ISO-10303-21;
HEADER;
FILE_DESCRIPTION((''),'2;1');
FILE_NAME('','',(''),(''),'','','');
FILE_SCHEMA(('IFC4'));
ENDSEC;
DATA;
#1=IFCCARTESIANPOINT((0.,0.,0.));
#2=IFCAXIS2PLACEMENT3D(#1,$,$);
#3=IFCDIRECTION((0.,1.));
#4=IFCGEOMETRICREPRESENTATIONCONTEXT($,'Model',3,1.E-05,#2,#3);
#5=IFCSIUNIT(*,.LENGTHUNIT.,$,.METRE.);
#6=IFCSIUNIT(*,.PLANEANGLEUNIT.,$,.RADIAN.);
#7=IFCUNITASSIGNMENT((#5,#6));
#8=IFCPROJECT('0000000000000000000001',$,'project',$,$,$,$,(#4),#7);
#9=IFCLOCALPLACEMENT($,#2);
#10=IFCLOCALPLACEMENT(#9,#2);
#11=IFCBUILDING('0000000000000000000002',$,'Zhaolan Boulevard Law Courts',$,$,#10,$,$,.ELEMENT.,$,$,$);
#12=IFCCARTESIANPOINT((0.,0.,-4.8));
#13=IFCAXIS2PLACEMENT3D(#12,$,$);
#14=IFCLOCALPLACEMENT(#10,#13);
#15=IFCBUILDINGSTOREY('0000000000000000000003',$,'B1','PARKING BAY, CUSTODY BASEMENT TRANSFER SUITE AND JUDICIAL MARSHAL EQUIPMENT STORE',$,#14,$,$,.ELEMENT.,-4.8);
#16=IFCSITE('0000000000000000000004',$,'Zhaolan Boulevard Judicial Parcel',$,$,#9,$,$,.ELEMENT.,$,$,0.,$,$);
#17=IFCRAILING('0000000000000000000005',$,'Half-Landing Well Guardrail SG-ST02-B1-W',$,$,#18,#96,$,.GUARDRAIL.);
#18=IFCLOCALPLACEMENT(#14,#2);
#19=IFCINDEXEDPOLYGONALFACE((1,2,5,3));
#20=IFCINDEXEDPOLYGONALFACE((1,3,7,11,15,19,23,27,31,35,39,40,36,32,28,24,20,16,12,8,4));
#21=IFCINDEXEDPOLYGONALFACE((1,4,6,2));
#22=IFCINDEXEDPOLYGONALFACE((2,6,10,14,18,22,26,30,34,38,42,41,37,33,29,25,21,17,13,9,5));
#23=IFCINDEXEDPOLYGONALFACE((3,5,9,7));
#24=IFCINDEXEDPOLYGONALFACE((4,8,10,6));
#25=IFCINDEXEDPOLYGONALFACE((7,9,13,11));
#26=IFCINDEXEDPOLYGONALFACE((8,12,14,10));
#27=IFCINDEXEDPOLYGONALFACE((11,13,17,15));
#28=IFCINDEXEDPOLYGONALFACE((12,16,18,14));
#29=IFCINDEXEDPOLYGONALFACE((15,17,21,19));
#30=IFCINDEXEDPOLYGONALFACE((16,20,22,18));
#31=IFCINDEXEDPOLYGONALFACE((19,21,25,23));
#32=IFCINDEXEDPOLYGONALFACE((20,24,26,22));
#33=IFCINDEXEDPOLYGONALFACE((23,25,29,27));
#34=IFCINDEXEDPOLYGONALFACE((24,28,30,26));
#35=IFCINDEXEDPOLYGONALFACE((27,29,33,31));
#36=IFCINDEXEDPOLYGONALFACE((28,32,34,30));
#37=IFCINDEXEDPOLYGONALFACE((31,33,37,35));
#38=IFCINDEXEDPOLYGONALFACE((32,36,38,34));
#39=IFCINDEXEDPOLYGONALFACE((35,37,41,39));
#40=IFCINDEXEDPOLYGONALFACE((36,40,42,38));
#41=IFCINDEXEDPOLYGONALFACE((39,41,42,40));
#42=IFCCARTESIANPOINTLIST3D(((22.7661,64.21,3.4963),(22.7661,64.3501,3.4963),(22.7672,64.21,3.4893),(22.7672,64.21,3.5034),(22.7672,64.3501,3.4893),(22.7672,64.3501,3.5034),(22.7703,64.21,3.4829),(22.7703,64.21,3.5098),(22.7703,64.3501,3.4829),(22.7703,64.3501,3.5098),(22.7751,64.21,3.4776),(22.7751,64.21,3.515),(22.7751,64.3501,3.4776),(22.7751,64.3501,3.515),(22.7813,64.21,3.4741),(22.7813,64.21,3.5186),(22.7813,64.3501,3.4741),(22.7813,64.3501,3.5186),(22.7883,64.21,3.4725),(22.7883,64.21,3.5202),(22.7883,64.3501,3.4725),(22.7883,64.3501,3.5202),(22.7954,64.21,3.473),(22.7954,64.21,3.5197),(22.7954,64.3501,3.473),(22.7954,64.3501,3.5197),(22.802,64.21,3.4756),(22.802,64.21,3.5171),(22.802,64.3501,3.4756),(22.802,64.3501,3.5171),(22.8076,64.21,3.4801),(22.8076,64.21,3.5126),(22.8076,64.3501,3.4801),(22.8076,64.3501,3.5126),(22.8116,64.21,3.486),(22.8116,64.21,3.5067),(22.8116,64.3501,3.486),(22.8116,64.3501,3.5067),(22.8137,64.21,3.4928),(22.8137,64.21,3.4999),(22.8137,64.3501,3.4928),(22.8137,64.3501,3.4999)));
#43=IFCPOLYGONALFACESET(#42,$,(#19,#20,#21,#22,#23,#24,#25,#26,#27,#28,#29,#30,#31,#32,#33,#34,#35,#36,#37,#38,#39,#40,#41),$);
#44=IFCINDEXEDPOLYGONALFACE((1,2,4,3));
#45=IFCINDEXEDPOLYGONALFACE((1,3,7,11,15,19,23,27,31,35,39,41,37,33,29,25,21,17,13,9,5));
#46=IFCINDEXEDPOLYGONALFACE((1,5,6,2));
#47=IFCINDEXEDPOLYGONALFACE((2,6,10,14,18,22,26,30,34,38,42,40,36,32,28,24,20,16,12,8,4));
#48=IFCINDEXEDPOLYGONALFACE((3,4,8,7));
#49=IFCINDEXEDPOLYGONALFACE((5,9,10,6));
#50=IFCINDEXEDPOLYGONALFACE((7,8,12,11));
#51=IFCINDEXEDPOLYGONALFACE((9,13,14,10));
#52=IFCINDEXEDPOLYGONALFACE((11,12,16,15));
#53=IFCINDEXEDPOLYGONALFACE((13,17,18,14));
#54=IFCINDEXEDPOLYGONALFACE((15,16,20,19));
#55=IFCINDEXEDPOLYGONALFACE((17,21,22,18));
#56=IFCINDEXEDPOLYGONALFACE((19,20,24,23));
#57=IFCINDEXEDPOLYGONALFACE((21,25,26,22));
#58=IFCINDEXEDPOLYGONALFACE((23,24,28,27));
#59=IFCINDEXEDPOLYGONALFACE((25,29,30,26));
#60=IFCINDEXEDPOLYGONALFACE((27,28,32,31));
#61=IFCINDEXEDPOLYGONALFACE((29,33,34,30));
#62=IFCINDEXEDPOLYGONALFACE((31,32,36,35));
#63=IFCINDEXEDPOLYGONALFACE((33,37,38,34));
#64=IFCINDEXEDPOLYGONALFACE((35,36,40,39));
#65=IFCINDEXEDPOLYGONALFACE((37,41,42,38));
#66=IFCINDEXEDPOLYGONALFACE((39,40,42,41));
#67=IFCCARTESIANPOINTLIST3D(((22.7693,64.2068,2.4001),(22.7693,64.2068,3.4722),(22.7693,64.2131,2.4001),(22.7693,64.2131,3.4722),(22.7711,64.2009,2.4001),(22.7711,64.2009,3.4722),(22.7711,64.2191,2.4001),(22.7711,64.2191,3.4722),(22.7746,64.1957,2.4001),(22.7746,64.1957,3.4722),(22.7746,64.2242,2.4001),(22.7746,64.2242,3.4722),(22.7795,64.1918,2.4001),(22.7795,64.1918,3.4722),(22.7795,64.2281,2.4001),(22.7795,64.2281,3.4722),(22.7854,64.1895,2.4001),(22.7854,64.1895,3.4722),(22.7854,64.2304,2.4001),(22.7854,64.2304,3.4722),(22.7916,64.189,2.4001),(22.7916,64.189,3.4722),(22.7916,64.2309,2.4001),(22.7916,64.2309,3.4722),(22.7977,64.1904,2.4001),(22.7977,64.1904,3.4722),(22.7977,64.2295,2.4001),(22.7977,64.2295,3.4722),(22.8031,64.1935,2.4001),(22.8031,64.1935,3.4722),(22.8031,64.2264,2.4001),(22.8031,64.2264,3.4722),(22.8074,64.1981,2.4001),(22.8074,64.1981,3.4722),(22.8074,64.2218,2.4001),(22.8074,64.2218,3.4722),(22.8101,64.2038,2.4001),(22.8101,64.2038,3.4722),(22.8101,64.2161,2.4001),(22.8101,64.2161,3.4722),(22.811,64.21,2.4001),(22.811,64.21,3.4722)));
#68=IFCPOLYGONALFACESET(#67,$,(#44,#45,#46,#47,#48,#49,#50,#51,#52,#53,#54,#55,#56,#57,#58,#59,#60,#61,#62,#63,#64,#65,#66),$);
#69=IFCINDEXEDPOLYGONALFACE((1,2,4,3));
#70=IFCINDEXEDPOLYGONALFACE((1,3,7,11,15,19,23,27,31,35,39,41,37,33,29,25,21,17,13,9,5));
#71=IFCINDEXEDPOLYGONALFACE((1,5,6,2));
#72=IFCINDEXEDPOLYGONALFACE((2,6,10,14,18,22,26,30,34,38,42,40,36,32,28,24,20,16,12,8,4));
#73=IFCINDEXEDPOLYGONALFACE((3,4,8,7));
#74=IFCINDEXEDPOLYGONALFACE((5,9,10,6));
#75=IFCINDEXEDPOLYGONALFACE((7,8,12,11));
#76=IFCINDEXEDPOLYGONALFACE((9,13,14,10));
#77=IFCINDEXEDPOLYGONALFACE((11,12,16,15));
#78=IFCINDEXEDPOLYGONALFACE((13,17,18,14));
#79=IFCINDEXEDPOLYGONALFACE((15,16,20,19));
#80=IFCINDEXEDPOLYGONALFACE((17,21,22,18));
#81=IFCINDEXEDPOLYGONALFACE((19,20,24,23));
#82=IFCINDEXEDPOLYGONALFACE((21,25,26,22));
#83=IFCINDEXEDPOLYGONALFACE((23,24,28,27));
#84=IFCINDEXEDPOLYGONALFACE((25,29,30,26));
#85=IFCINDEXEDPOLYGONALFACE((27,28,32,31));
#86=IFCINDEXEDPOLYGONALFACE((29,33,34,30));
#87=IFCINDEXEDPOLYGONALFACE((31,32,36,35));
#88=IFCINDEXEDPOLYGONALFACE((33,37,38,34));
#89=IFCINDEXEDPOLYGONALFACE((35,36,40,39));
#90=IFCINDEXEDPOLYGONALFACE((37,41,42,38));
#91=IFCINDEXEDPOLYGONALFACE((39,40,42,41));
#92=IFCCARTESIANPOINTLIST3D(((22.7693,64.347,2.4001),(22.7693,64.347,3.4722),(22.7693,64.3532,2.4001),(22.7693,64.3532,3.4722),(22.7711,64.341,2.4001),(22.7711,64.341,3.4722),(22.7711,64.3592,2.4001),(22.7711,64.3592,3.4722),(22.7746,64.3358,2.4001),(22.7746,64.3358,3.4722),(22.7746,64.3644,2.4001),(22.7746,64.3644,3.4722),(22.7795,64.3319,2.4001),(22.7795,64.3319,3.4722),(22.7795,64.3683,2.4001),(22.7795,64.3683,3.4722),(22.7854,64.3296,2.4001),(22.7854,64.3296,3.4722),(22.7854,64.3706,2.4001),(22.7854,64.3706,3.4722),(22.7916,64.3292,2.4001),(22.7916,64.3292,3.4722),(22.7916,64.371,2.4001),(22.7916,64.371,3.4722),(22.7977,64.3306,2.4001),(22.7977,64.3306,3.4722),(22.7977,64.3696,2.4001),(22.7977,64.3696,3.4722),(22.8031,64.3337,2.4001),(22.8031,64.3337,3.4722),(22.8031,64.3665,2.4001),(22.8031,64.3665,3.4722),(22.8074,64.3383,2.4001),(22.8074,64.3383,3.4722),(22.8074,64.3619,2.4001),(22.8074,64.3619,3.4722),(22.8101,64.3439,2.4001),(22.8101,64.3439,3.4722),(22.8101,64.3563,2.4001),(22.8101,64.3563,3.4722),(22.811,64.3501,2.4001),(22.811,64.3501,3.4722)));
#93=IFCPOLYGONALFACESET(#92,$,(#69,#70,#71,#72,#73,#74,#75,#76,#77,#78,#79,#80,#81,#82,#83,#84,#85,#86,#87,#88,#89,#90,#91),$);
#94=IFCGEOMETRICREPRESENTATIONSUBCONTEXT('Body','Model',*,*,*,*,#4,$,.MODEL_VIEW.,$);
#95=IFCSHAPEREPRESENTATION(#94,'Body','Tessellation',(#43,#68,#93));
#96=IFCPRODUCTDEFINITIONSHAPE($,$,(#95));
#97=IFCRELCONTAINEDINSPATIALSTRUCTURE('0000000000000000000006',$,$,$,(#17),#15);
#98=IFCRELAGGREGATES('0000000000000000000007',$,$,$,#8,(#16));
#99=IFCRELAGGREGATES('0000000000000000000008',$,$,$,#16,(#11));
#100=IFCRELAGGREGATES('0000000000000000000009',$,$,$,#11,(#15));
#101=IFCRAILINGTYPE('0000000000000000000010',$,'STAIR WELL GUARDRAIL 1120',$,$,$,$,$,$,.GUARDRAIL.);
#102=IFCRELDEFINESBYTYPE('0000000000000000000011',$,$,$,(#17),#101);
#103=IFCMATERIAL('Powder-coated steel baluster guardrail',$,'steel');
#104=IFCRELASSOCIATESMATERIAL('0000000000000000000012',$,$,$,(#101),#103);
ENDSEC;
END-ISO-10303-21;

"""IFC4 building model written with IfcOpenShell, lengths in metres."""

from ifc_helpers import new_model, si_unit, direction, frame, origin, origin_2d, place, context, subcontext, project, spatial, circle, extrude, material, type_object, element, save


model = new_model("IFC4")

# Units and contexts
model_context = context("Model", 3, precision=1e-05, world=origin(), true_north=direction((0.0, 1.0)))
body_context = subcontext(model_context, "Body", "Model", "MODEL_VIEW")
ifc_project = project(units=[si_unit("LENGTHUNIT", "METRE"), si_unit("PLANEANGLEUNIT", "RADIAN")], contexts=[model_context])

# Site, building, storey
site_placement = place(None, origin())
site = spatial("IfcSite", under=ifc_project, at=site_placement, Name="Zhaolan Boulevard Judicial Parcel", CompositionType="ELEMENT", RefElevation=0.0)
building_placement = place(site_placement, origin())
building = spatial("IfcBuilding", under=site, at=building_placement, Name="Zhaolan Boulevard Law Courts", CompositionType="ELEMENT")
storey_placement = place(building_placement, frame((0.0, 0.0, -4.8)))
storey = spatial("IfcBuildingStorey", under=building, at=storey_placement, Name="B1", Description="PARKING BAY, CUSTODY BASEMENT TRANSFER SUITE AND JUDICIAL MARSHAL EQUIPMENT STORE", CompositionType="ELEMENT", Elevation=-4.8)

# Railing
ifc_material_1 = material(Name="Powder-coated steel baluster guardrail", Category="steel")
railing_type_1 = type_object("IfcRailingType", Name="STAIR WELL GUARDRAIL 1120", PredefinedType="GUARDRAIL", material=ifc_material_1)
railing_1_placement = place(storey_placement, frame((22.79, 64.21, 2.4001)))
element("IfcRailing", 1, at=railing_1_placement, inside=storey, type_object=railing_type_1, Name="Half-Landing Well Guardrail SG-ST02-B1-W", PredefinedType="GUARDRAIL", context=body_context, shape_type="SweptSolid", body=[
    extrude(circle(Radius=0.0239, at=origin_2d()), frame((0.0, 0.0, 1.0962), z_axis=(0.0, 1.0, 0.0), x_axis=(-1.0, 0.0, 0.0)), (0.0, 0.0, 1.0), 0.1401),
    extrude(circle(Radius=0.021, at=origin_2d()), origin(), (0.0, 0.0, 1.0), 1.072),
    extrude(circle(Radius=0.021, at=origin_2d()), frame((0.0, 0.1401, 0.0)), (0.0, 0.0, 1.0), 1.072),
])

save(model, "model.ifc")
